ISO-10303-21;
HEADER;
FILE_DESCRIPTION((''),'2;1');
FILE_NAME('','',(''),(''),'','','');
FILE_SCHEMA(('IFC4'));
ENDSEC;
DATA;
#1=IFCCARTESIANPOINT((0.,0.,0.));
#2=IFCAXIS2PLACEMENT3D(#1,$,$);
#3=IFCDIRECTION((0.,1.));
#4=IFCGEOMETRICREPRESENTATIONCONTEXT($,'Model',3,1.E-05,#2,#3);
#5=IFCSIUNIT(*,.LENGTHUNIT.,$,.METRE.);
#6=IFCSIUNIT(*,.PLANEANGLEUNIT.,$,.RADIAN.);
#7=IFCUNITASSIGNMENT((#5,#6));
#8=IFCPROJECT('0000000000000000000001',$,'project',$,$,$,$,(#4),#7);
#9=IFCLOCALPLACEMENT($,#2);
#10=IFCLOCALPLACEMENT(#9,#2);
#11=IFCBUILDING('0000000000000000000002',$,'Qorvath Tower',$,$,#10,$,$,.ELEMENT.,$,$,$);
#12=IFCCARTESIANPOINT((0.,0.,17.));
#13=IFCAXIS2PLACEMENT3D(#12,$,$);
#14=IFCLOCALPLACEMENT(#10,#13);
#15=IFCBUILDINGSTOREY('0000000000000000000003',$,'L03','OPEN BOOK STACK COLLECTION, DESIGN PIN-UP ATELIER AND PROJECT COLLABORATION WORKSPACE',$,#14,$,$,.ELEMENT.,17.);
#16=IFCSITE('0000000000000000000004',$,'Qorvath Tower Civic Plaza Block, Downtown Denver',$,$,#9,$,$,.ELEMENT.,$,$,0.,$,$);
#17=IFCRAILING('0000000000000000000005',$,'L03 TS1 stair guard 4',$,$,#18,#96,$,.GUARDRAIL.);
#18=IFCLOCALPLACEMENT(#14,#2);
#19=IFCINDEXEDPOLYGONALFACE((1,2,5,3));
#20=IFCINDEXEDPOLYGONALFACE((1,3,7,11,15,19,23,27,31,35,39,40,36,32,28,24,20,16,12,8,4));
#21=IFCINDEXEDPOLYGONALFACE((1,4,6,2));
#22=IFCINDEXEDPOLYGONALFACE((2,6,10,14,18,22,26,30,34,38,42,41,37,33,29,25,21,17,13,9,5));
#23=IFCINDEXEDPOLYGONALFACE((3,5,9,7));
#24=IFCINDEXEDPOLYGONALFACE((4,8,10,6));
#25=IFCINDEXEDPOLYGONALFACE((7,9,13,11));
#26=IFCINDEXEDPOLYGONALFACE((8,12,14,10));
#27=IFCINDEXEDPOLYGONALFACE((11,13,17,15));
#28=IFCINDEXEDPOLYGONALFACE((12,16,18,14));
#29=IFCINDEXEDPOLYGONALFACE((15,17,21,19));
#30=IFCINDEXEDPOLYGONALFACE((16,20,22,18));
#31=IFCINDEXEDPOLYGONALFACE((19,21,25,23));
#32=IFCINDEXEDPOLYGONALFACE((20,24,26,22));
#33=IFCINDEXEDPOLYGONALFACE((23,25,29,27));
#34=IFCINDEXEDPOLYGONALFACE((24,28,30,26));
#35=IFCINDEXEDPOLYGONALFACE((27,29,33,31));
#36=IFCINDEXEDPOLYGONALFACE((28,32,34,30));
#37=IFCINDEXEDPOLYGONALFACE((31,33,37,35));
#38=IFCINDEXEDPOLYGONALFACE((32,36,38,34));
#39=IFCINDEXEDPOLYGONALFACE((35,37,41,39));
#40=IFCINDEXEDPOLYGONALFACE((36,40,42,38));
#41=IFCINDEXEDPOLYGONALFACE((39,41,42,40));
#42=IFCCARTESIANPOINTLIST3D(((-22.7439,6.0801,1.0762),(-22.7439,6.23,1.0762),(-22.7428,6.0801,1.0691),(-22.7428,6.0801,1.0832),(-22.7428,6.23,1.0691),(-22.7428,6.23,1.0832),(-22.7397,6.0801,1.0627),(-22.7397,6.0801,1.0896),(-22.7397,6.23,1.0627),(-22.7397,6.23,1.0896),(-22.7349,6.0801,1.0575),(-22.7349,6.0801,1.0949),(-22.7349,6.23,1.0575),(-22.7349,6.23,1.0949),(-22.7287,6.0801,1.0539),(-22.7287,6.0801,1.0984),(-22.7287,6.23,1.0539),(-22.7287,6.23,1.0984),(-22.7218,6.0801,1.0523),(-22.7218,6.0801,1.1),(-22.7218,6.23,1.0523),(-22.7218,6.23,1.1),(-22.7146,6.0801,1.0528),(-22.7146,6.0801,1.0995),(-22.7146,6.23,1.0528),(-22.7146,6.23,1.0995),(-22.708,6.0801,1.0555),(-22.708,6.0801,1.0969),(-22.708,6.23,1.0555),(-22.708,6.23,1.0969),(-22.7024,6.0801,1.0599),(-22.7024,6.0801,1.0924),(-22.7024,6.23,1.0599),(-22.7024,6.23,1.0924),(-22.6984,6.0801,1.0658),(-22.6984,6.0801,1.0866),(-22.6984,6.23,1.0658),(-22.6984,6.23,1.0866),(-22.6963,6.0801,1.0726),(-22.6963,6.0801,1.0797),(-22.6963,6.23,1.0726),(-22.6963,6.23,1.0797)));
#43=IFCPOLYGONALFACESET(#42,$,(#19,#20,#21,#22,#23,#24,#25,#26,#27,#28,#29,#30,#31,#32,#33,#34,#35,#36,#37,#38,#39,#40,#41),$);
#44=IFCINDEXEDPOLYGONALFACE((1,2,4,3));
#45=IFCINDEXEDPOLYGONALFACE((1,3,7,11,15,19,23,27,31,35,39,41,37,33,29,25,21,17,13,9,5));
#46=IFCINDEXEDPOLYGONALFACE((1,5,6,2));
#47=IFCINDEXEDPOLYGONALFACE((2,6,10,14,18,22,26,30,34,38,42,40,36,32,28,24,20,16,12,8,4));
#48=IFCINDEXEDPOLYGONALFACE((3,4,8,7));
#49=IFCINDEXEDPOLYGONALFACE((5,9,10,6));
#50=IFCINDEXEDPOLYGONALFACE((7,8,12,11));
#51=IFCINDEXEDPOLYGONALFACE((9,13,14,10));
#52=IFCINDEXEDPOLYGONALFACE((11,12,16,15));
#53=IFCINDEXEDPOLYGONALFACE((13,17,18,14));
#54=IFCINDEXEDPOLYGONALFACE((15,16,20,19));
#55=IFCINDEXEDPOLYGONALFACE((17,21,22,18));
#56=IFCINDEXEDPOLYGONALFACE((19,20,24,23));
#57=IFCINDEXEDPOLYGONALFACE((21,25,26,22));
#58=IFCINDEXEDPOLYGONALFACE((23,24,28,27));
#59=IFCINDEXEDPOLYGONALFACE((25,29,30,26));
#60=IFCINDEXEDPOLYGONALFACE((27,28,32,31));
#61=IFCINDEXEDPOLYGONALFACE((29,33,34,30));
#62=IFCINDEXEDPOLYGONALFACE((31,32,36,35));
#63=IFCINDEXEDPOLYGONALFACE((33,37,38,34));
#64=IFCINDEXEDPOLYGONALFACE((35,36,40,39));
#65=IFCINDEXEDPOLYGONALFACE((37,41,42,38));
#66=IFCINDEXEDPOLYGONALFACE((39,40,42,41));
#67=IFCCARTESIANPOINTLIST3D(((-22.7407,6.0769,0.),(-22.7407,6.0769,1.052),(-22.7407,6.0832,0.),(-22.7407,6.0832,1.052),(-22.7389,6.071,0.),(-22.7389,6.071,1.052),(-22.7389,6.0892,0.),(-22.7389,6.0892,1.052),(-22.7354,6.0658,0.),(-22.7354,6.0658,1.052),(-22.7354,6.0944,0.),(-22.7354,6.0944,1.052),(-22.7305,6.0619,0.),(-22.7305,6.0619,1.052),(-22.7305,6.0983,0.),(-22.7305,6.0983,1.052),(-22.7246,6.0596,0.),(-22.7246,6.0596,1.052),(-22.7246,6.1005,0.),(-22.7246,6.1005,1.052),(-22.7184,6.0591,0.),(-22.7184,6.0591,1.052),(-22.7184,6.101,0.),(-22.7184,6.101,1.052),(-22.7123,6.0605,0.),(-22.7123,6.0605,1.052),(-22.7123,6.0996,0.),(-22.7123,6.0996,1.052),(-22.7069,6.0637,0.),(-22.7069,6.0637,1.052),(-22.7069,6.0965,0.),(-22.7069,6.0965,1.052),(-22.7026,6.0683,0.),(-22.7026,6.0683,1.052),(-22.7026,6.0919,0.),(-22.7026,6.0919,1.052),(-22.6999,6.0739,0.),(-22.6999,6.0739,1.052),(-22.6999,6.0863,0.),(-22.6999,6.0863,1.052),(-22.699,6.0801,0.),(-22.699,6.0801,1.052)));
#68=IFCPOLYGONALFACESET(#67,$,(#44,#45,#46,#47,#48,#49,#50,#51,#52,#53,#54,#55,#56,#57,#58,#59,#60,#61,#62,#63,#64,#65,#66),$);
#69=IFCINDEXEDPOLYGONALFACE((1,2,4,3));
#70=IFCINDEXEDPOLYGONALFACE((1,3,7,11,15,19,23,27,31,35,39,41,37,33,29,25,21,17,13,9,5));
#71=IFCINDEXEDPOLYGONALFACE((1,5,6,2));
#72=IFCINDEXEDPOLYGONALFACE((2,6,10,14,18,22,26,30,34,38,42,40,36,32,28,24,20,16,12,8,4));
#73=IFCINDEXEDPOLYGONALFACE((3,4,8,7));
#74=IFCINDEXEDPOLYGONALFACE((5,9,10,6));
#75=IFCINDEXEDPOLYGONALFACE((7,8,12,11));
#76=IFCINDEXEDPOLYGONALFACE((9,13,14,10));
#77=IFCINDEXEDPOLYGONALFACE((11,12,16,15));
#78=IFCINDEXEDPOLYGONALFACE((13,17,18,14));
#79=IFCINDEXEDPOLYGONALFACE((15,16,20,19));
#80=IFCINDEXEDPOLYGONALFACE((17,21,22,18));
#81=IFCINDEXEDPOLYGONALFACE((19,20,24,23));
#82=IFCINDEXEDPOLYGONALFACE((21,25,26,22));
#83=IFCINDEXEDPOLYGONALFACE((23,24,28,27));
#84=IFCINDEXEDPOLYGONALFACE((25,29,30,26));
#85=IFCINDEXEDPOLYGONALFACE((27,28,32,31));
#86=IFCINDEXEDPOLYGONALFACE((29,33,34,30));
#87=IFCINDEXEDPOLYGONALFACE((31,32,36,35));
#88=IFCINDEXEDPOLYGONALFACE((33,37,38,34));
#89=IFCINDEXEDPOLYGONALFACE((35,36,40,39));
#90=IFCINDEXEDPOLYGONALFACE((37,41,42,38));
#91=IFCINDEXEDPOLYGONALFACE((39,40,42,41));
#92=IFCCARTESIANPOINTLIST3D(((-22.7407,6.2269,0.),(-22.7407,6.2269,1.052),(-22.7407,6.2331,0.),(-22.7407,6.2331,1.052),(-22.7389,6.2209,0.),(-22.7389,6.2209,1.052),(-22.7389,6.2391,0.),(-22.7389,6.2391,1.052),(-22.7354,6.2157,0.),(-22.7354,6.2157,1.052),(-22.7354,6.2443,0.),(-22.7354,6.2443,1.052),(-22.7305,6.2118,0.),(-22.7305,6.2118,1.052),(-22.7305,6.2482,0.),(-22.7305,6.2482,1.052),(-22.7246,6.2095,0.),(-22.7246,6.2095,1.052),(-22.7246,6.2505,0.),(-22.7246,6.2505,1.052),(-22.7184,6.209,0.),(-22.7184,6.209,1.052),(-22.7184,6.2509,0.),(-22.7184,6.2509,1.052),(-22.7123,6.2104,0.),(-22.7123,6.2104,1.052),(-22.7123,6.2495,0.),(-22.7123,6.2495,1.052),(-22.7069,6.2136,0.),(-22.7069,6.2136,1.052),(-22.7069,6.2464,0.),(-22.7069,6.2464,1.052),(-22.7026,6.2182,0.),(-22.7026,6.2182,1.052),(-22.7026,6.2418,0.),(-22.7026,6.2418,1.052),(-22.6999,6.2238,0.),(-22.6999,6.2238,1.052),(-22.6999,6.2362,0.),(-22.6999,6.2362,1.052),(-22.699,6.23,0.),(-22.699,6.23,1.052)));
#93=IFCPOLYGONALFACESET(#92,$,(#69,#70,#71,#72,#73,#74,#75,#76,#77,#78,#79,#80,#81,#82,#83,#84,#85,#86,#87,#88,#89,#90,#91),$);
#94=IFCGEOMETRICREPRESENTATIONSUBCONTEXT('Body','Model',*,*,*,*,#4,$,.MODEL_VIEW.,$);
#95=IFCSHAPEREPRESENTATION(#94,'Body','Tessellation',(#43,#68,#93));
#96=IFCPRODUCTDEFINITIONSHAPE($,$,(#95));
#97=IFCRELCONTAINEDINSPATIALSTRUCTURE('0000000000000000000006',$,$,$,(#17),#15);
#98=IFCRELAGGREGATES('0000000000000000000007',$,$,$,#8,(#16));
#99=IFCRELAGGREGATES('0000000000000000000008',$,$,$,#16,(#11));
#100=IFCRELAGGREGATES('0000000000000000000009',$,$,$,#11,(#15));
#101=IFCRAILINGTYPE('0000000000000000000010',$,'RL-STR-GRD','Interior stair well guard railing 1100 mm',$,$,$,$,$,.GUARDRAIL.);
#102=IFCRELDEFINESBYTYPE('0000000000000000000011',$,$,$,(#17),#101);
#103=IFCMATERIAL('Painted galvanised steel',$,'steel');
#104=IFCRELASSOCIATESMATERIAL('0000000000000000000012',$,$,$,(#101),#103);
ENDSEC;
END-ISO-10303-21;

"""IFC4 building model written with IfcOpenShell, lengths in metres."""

from ifc_helpers import new_model, si_unit, direction, frame, origin, origin_2d, place, context, subcontext, project, spatial, circle, extrude, material, type_object, element, save


model = new_model("IFC4")

# Units and contexts
model_context = context("Model", 3, precision=1e-05, world=origin(), true_north=direction((0.0, 1.0)))
body_context = subcontext(model_context, "Body", "Model", "MODEL_VIEW")
ifc_project = project(units=[si_unit("LENGTHUNIT", "METRE"), si_unit("PLANEANGLEUNIT", "RADIAN")], contexts=[model_context])

# Site, building, storey
site_placement = place(None, origin())
site = spatial("IfcSite", under=ifc_project, at=site_placement, Name="Qorvath Tower Civic Plaza Block, Downtown Denver", CompositionType="ELEMENT", RefElevation=0.0)
building_placement = place(site_placement, origin())
building = spatial("IfcBuilding", under=site, at=building_placement, Name="Qorvath Tower", CompositionType="ELEMENT")
storey_placement = place(building_placement, frame((0.0, 0.0, 17.0)))
storey = spatial("IfcBuildingStorey", under=building, at=storey_placement, Name="L03", Description="OPEN BOOK STACK COLLECTION, DESIGN PIN-UP ATELIER AND PROJECT COLLABORATION WORKSPACE", CompositionType="ELEMENT", Elevation=17.0)

# Railing
ifc_material_1 = material(Name="Painted galvanised steel", Category="steel")
railing_type_1 = type_object("IfcRailingType", Name="RL-STR-GRD", Description="Interior stair well guard railing 1100 mm", PredefinedType="GUARDRAIL", material=ifc_material_1)
railing_1_placement = place(storey_placement, frame((-22.72, 6.0801, 0.0)))
element("IfcRailing", 1, at=railing_1_placement, inside=storey, type_object=railing_type_1, Name="L03 TS1 stair guard 4", PredefinedType="GUARDRAIL", context=body_context, shape_type="SweptSolid", body=[
    extrude(circle(Radius=0.0239, at=origin_2d()), frame((0.0, 0.0, 1.0762), z_axis=(0.0, 1.0, 0.0), x_axis=(-1.0, 0.0, 0.0)), (0.0, 0.0, 1.0), 0.1499),
    extrude(circle(Radius=0.021, at=origin_2d()), origin(), (0.0, 0.0, 1.0), 1.052),
    extrude(circle(Radius=0.021, at=origin_2d()), frame((0.0, 0.1499, 0.0)), (0.0, 0.0, 1.0), 1.052),
])

save(model, "model.ifc")
